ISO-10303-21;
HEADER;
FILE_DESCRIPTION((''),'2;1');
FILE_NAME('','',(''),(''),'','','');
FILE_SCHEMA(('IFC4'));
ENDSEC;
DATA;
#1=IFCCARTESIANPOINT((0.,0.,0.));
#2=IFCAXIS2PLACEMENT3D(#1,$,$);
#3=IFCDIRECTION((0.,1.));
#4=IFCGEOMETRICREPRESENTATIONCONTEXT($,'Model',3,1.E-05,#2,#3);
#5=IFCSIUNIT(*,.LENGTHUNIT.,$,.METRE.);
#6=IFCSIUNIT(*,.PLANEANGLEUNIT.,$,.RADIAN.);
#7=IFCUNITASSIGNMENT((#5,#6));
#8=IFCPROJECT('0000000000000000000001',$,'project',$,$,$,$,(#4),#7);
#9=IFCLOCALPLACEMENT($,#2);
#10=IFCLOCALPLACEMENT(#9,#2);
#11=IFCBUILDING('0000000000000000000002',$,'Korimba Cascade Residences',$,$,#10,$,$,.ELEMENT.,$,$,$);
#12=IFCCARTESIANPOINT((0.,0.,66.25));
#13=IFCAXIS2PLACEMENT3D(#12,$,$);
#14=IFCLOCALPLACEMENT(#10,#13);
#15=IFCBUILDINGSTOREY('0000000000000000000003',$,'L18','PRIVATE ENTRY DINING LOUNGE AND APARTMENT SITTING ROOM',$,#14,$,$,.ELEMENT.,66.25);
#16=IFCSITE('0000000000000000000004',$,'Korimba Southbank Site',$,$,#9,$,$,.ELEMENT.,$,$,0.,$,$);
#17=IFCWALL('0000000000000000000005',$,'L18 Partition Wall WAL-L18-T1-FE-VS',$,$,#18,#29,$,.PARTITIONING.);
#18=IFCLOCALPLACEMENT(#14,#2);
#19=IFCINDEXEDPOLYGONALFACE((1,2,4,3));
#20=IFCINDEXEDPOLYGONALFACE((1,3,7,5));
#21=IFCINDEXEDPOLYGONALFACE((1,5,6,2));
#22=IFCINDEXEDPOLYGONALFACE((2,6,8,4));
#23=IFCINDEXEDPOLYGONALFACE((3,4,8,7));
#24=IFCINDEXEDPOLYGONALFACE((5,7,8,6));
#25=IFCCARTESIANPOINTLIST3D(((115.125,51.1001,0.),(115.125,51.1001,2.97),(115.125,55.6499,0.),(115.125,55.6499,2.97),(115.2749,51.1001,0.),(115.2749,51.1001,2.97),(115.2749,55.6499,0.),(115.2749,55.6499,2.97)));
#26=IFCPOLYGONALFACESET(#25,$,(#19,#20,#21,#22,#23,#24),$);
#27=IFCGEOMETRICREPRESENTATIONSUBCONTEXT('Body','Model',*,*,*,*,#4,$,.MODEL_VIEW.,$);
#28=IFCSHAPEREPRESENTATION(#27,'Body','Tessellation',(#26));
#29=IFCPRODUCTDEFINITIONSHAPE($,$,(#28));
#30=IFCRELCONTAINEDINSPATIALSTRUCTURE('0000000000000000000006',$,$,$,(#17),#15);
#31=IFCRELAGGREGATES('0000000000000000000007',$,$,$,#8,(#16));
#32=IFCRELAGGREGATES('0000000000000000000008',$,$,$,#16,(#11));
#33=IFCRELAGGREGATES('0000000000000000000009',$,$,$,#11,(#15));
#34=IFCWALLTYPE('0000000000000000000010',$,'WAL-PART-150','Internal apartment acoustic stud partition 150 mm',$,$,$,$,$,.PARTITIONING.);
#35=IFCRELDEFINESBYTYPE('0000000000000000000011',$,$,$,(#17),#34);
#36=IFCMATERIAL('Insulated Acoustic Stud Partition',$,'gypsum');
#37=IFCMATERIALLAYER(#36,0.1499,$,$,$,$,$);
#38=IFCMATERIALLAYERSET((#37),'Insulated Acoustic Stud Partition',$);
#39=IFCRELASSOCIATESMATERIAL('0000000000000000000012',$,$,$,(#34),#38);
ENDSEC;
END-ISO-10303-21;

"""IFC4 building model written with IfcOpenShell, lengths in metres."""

from ifc_helpers import new_model, si_unit, direction, frame, frame_2d, origin, place, context, subcontext, project, spatial, rectangle, extrude, material, layer, layer_set, type_object, element, save


model = new_model("IFC4")

# Units and contexts
model_context = context("Model", 3, precision=1e-05, world=origin(), true_north=direction((0.0, 1.0)))
body_context = subcontext(model_context, "Body", "Model", "MODEL_VIEW")
ifc_project = project(units=[si_unit("LENGTHUNIT", "METRE"), si_unit("PLANEANGLEUNIT", "RADIAN")], contexts=[model_context])

# Site, building, storey
site_placement = place(None, origin())
site = spatial("IfcSite", under=ifc_project, at=site_placement, Name="Korimba Southbank Site", CompositionType="ELEMENT", RefElevation=0.0)
building_placement = place(site_placement, origin())
building = spatial("IfcBuilding", under=site, at=building_placement, Name="Korimba Cascade Residences", CompositionType="ELEMENT")
storey_placement = place(building_placement, frame((0.0, 0.0, 66.25)))
storey = spatial("IfcBuildingStorey", under=building, at=storey_placement, Name="L18", Description="PRIVATE ENTRY DINING LOUNGE AND APARTMENT SITTING ROOM", CompositionType="ELEMENT", Elevation=66.25)

# Shared definitions
ifc_material_1 = material(Name="Insulated Acoustic Stud Partition", Category="gypsum")
ifc_layer_1 = layer(ifc_material_1, 0.1499)
ifc_layer_set_1 = layer_set([ifc_layer_1], Name="Insulated Acoustic Stud Partition")
wall_type_1 = type_object("IfcWallType", Name="WAL-PART-150", Description="Internal apartment acoustic stud partition 150 mm", PredefinedType="PARTITIONING", material=ifc_layer_set_1)

# Wall
wall_1_placement = place(storey_placement, frame((115.2, 51.1001, 0.0), z_axis=(0.0, 0.0, 1.0), x_axis=(0.0, 1.0, 0.0)))
element("IfcWall", 1, at=wall_1_placement, inside=storey, type_object=wall_type_1, Name="L18 Partition Wall WAL-L18-T1-FE-VS", PredefinedType="PARTITIONING", context=body_context, shape_type="SweptSolid", body=[
    extrude(rectangle(XDim=4.5498, YDim=0.1499, at=frame_2d((2.2749, 0.0))), origin(), (0.0, 0.0, 1.0), 2.97),
])

save(model, "model.ifc")
